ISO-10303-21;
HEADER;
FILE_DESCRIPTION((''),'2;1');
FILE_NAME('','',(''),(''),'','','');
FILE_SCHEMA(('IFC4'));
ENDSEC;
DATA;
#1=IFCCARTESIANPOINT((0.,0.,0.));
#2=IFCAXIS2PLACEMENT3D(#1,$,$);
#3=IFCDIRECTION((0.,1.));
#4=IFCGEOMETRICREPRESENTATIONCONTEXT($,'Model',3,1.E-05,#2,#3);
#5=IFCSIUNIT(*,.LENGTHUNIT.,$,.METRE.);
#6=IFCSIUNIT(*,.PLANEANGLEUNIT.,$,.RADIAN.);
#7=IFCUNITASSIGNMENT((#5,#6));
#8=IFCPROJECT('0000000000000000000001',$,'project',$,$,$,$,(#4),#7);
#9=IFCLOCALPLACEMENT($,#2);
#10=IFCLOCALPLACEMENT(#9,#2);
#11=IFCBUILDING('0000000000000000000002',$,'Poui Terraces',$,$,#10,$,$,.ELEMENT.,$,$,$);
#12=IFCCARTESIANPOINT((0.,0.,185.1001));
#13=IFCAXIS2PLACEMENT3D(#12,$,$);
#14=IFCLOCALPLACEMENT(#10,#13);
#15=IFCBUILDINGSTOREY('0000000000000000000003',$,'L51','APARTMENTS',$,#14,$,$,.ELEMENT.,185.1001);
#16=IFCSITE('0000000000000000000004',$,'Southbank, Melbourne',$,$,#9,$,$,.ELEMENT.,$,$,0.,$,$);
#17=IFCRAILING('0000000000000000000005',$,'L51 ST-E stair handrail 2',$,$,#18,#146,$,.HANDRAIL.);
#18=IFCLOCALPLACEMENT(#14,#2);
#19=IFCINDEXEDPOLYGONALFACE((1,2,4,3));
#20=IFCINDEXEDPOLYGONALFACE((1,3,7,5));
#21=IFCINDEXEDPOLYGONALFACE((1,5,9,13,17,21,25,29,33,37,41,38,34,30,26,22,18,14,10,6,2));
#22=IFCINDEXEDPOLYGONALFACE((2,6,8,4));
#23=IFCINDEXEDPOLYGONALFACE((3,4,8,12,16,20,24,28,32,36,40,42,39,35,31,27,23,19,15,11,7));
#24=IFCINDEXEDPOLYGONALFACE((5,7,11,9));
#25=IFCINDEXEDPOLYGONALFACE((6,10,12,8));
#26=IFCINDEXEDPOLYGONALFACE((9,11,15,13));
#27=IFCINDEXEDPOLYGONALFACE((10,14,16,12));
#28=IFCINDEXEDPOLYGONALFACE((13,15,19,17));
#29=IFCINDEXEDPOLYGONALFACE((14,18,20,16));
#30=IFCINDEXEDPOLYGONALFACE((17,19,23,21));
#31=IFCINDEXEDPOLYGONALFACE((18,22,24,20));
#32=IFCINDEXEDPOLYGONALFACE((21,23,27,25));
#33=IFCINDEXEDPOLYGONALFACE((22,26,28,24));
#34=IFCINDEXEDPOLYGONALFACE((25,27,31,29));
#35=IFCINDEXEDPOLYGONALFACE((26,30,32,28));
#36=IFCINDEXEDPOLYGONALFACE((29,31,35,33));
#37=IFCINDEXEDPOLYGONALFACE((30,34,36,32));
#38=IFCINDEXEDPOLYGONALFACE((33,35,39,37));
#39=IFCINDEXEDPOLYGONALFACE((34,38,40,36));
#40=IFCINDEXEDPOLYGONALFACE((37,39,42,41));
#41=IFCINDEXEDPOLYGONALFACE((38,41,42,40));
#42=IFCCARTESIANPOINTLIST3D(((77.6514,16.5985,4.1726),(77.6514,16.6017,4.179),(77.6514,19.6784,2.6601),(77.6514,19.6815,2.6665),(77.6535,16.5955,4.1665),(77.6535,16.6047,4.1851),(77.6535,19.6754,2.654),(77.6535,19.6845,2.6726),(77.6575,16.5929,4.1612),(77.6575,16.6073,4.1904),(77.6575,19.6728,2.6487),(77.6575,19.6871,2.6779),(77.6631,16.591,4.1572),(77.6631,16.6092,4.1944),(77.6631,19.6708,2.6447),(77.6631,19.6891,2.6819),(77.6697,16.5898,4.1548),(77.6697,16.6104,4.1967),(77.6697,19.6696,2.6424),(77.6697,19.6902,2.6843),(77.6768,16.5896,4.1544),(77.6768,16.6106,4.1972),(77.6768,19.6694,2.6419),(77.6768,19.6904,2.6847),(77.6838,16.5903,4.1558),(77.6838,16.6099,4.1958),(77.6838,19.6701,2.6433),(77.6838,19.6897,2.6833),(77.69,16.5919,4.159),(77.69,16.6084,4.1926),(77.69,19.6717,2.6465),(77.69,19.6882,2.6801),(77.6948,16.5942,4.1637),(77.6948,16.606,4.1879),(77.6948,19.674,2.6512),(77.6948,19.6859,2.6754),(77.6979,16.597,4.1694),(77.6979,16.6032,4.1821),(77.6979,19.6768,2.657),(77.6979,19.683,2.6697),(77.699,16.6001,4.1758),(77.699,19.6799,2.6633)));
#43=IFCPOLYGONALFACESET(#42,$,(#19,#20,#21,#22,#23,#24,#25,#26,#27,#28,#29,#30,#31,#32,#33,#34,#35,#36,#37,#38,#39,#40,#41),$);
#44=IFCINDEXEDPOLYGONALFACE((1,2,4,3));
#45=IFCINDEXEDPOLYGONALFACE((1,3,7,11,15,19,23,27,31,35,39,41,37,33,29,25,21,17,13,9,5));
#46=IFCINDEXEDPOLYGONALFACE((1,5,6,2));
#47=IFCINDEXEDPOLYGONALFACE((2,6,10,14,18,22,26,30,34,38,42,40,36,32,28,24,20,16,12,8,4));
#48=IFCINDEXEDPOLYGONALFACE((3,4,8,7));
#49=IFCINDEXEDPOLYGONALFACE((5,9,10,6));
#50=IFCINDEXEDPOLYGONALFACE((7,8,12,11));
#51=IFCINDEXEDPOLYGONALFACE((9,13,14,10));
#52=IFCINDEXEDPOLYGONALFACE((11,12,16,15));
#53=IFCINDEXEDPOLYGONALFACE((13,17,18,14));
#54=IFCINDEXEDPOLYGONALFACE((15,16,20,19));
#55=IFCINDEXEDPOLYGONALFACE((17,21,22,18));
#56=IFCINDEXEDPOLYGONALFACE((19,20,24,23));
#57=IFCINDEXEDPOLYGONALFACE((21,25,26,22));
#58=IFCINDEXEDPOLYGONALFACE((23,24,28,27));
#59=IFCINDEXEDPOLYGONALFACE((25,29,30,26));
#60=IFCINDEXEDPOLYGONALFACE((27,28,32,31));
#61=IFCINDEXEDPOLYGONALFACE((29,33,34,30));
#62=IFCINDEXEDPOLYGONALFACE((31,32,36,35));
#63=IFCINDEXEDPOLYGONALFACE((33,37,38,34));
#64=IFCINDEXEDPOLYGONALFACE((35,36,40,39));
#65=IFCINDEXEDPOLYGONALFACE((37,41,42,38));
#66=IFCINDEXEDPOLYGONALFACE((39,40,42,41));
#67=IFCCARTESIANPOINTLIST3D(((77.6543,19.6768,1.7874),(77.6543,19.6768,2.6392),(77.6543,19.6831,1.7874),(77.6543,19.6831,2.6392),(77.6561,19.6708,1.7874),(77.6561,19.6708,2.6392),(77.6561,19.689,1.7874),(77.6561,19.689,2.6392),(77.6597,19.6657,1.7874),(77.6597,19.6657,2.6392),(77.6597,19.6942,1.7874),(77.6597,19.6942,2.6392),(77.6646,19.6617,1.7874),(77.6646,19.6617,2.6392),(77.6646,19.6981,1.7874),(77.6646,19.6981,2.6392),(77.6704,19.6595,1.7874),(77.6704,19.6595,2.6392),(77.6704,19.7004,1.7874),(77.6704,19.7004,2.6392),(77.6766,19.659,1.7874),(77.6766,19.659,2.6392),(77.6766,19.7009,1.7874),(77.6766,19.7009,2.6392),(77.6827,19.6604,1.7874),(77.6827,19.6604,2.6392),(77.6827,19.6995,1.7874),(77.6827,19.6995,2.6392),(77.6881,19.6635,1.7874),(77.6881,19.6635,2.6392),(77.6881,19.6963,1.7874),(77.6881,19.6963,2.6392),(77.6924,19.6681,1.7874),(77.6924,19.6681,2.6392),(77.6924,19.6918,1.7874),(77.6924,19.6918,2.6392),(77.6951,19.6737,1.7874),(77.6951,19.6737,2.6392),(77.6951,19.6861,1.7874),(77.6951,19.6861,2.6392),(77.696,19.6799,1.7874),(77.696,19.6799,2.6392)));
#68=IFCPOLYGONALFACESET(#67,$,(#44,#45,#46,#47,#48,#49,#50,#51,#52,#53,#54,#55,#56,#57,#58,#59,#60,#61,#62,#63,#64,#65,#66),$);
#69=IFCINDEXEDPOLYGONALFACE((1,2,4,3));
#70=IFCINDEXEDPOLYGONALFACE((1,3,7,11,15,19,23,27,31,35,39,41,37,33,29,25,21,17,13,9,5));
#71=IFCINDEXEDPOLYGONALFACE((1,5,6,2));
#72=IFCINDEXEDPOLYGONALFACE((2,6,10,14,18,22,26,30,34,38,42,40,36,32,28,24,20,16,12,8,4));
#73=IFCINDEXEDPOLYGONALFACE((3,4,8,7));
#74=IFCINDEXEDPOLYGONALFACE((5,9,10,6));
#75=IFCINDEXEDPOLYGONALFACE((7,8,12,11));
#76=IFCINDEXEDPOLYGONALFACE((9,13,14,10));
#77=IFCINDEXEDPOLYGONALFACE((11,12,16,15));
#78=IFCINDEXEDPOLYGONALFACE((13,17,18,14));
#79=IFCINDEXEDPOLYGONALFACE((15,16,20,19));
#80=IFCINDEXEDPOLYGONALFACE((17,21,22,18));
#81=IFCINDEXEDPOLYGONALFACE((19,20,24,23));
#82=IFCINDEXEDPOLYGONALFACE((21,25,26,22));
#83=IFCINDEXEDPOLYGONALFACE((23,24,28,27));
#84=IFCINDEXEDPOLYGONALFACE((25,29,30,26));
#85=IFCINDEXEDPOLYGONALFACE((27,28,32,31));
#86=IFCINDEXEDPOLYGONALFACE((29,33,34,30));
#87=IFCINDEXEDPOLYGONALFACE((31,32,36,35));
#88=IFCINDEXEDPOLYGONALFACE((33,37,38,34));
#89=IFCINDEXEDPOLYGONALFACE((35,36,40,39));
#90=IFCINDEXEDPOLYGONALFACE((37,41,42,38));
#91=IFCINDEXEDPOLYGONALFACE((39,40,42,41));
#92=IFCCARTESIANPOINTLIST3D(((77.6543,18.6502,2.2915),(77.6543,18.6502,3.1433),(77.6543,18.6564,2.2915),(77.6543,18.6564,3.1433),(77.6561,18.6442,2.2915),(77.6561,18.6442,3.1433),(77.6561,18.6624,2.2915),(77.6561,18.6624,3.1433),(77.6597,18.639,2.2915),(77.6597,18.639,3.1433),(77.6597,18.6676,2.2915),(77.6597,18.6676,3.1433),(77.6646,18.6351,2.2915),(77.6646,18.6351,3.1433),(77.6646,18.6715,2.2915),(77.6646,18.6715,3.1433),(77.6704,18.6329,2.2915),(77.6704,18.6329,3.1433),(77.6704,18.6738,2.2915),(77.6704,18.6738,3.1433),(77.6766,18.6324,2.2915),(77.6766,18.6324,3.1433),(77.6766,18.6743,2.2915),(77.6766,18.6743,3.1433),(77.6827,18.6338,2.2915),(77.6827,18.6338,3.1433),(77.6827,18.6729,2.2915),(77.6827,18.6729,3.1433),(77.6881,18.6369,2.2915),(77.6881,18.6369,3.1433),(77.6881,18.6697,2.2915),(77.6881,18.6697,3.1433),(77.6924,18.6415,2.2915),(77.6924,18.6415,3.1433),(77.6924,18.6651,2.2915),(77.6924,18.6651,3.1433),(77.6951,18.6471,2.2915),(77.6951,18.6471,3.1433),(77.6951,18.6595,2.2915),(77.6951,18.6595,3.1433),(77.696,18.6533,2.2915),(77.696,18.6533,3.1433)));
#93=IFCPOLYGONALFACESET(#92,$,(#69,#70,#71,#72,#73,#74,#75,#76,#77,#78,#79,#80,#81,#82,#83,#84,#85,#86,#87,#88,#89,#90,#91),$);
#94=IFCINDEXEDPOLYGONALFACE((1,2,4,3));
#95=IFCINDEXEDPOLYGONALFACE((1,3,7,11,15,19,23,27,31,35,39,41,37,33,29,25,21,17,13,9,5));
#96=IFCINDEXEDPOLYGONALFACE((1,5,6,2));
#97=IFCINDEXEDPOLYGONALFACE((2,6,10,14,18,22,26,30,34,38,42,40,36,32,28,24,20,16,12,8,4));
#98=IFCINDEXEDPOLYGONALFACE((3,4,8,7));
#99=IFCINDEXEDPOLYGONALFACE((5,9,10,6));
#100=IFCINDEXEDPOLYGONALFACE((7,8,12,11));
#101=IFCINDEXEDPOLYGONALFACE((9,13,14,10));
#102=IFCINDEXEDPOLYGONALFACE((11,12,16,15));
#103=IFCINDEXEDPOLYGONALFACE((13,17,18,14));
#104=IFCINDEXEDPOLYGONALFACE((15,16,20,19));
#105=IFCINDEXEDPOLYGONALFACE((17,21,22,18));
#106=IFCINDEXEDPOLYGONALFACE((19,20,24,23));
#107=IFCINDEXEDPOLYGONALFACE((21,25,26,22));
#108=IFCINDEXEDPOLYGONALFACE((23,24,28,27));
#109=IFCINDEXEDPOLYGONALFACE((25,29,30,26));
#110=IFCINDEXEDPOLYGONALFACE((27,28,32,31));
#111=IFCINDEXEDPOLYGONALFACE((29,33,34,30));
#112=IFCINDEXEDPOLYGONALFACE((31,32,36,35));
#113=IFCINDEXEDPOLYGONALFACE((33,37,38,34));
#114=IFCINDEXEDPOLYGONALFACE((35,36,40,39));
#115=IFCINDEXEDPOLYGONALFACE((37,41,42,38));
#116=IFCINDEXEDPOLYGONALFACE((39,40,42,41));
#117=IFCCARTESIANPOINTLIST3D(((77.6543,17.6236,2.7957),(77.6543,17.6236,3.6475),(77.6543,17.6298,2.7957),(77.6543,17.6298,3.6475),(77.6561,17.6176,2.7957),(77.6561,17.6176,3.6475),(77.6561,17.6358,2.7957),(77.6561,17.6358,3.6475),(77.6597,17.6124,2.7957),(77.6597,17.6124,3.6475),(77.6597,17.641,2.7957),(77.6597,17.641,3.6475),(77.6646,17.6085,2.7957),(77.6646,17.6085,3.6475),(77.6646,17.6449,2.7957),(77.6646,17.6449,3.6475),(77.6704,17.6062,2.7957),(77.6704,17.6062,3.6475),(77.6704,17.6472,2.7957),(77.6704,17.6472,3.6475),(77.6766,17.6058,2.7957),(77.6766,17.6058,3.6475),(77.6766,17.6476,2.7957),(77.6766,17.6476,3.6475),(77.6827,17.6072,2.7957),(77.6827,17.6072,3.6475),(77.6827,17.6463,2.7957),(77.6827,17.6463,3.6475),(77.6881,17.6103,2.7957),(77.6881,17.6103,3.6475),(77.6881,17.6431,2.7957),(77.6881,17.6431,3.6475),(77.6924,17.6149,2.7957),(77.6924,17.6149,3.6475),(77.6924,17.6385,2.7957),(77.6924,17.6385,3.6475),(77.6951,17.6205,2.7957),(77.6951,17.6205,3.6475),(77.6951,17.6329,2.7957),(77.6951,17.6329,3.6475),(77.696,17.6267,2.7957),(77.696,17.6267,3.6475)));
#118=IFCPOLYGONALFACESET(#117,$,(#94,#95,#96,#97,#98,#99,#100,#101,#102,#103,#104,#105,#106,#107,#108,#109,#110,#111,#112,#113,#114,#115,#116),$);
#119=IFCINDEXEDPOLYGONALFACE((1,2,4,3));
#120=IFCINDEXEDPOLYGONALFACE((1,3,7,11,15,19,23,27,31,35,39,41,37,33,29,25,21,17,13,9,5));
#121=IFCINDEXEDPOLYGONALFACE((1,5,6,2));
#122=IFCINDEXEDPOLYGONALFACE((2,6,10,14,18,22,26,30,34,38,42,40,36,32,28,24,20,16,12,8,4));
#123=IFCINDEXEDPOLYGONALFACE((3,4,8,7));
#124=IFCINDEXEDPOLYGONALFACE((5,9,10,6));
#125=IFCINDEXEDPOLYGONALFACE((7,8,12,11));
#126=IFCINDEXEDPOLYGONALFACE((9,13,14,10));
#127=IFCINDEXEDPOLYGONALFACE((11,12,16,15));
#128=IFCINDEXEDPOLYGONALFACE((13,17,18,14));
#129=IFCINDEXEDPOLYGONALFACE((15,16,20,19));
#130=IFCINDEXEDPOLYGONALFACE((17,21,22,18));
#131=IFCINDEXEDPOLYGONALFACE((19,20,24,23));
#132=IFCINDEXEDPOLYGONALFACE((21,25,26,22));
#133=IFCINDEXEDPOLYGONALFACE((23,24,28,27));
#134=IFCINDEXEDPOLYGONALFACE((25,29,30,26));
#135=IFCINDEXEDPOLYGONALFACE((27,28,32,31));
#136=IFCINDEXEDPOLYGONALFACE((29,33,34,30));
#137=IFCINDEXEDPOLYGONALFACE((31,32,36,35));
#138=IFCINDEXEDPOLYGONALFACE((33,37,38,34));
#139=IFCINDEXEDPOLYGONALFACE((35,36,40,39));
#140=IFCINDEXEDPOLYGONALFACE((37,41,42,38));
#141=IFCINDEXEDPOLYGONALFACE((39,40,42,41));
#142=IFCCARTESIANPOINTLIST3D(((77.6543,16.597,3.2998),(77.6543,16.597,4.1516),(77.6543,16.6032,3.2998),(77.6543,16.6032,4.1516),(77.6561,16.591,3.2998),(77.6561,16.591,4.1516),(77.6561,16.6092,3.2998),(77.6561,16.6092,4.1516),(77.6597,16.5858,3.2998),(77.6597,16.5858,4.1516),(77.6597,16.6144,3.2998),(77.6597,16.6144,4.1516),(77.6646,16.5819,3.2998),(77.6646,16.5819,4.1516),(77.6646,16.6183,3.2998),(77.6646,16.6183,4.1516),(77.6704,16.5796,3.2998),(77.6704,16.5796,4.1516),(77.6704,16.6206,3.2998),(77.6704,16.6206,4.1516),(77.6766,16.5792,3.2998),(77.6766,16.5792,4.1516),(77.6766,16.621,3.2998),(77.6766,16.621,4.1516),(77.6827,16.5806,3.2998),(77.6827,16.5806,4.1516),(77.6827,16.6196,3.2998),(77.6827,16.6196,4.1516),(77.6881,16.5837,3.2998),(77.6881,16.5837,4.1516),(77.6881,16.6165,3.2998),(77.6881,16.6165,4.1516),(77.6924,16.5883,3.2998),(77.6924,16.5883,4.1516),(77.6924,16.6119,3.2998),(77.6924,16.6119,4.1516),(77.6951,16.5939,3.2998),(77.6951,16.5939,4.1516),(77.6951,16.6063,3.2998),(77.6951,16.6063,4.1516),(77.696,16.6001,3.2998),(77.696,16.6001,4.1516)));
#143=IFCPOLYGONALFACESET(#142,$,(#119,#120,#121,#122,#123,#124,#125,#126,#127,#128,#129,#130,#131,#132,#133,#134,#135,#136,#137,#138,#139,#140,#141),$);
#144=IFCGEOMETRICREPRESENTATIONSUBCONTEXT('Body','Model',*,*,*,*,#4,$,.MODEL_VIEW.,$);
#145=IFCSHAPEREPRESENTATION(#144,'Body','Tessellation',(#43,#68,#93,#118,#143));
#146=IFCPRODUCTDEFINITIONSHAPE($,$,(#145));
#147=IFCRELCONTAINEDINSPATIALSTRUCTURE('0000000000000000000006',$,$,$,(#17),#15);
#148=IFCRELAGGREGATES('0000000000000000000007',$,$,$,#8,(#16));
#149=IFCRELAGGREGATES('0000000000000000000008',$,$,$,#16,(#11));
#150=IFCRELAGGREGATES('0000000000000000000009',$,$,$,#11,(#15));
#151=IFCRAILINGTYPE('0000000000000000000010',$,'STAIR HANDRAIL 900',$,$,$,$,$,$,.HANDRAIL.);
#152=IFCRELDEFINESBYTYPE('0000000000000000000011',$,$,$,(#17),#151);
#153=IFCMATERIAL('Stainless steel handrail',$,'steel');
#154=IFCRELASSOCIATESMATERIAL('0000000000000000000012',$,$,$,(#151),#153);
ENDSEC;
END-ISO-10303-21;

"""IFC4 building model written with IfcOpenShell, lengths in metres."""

from ifc_helpers import new_model, si_unit, direction, frame, origin, origin_2d, place, context, subcontext, project, spatial, circle, extrude, material, type_object, element, save


model = new_model("IFC4")

# Units and contexts
model_context = context("Model", 3, precision=1e-05, world=origin(), true_north=direction((0.0, 1.0)))
body_context = subcontext(model_context, "Body", "Model", "MODEL_VIEW")
ifc_project = project(units=[si_unit("LENGTHUNIT", "METRE"), si_unit("PLANEANGLEUNIT", "RADIAN")], contexts=[model_context])

# Site, building, storey
site_placement = place(None, origin())
site = spatial("IfcSite", under=ifc_project, at=site_placement, Name="Southbank, Melbourne", CompositionType="ELEMENT", RefElevation=0.0)
building_placement = place(site_placement, origin())
building = spatial("IfcBuilding", under=site, at=building_placement, Name="Poui Terraces", CompositionType="ELEMENT")
storey_placement = place(building_placement, frame((0.0, 0.0, 185.1001)))
storey = spatial("IfcBuildingStorey", under=building, at=storey_placement, Name="L51", Description="APARTMENTS", CompositionType="ELEMENT", Elevation=185.1001)

# Railing
ifc_material_1 = material(Name="Stainless steel handrail", Category="steel")
railing_type_1 = type_object("IfcRailingType", Name="STAIR HANDRAIL 900", PredefinedType="HANDRAIL", material=ifc_material_1)
railing_1_placement = place(storey_placement, frame((77.675, 19.6799, 1.7874)))
element("IfcRailing", 1, at=railing_1_placement, inside=storey, type_object=railing_type_1, Name="L51 ST-E stair handrail 2", PredefinedType="HANDRAIL", context=body_context, shape_type="SweptSolid", body=[
    extrude(circle(Radius=0.0239, at=origin_2d()), frame((0.0, 0.0, 0.876), z_axis=(0.0, -0.897606, 0.440798), x_axis=(1.0, 0.0, 0.0)), (0.0, 0.0, 1.0), 3.4312),
    extrude(circle(Radius=0.021, at=origin_2d()), origin(), (0.0, 0.0, 1.0), 0.8518),
    extrude(circle(Radius=0.021, at=origin_2d()), frame((0.0, -1.0266, 0.5042)), (0.0, 0.0, 1.0), 0.8518),
    extrude(circle(Radius=0.021, at=origin_2d()), frame((0.0, -2.0532, 1.0083)), (0.0, 0.0, 1.0), 0.8518),
    extrude(circle(Radius=0.021, at=origin_2d()), frame((0.0, -3.0798, 1.5125)), (0.0, 0.0, 1.0), 0.8518),
])

save(model, "model.ifc")
